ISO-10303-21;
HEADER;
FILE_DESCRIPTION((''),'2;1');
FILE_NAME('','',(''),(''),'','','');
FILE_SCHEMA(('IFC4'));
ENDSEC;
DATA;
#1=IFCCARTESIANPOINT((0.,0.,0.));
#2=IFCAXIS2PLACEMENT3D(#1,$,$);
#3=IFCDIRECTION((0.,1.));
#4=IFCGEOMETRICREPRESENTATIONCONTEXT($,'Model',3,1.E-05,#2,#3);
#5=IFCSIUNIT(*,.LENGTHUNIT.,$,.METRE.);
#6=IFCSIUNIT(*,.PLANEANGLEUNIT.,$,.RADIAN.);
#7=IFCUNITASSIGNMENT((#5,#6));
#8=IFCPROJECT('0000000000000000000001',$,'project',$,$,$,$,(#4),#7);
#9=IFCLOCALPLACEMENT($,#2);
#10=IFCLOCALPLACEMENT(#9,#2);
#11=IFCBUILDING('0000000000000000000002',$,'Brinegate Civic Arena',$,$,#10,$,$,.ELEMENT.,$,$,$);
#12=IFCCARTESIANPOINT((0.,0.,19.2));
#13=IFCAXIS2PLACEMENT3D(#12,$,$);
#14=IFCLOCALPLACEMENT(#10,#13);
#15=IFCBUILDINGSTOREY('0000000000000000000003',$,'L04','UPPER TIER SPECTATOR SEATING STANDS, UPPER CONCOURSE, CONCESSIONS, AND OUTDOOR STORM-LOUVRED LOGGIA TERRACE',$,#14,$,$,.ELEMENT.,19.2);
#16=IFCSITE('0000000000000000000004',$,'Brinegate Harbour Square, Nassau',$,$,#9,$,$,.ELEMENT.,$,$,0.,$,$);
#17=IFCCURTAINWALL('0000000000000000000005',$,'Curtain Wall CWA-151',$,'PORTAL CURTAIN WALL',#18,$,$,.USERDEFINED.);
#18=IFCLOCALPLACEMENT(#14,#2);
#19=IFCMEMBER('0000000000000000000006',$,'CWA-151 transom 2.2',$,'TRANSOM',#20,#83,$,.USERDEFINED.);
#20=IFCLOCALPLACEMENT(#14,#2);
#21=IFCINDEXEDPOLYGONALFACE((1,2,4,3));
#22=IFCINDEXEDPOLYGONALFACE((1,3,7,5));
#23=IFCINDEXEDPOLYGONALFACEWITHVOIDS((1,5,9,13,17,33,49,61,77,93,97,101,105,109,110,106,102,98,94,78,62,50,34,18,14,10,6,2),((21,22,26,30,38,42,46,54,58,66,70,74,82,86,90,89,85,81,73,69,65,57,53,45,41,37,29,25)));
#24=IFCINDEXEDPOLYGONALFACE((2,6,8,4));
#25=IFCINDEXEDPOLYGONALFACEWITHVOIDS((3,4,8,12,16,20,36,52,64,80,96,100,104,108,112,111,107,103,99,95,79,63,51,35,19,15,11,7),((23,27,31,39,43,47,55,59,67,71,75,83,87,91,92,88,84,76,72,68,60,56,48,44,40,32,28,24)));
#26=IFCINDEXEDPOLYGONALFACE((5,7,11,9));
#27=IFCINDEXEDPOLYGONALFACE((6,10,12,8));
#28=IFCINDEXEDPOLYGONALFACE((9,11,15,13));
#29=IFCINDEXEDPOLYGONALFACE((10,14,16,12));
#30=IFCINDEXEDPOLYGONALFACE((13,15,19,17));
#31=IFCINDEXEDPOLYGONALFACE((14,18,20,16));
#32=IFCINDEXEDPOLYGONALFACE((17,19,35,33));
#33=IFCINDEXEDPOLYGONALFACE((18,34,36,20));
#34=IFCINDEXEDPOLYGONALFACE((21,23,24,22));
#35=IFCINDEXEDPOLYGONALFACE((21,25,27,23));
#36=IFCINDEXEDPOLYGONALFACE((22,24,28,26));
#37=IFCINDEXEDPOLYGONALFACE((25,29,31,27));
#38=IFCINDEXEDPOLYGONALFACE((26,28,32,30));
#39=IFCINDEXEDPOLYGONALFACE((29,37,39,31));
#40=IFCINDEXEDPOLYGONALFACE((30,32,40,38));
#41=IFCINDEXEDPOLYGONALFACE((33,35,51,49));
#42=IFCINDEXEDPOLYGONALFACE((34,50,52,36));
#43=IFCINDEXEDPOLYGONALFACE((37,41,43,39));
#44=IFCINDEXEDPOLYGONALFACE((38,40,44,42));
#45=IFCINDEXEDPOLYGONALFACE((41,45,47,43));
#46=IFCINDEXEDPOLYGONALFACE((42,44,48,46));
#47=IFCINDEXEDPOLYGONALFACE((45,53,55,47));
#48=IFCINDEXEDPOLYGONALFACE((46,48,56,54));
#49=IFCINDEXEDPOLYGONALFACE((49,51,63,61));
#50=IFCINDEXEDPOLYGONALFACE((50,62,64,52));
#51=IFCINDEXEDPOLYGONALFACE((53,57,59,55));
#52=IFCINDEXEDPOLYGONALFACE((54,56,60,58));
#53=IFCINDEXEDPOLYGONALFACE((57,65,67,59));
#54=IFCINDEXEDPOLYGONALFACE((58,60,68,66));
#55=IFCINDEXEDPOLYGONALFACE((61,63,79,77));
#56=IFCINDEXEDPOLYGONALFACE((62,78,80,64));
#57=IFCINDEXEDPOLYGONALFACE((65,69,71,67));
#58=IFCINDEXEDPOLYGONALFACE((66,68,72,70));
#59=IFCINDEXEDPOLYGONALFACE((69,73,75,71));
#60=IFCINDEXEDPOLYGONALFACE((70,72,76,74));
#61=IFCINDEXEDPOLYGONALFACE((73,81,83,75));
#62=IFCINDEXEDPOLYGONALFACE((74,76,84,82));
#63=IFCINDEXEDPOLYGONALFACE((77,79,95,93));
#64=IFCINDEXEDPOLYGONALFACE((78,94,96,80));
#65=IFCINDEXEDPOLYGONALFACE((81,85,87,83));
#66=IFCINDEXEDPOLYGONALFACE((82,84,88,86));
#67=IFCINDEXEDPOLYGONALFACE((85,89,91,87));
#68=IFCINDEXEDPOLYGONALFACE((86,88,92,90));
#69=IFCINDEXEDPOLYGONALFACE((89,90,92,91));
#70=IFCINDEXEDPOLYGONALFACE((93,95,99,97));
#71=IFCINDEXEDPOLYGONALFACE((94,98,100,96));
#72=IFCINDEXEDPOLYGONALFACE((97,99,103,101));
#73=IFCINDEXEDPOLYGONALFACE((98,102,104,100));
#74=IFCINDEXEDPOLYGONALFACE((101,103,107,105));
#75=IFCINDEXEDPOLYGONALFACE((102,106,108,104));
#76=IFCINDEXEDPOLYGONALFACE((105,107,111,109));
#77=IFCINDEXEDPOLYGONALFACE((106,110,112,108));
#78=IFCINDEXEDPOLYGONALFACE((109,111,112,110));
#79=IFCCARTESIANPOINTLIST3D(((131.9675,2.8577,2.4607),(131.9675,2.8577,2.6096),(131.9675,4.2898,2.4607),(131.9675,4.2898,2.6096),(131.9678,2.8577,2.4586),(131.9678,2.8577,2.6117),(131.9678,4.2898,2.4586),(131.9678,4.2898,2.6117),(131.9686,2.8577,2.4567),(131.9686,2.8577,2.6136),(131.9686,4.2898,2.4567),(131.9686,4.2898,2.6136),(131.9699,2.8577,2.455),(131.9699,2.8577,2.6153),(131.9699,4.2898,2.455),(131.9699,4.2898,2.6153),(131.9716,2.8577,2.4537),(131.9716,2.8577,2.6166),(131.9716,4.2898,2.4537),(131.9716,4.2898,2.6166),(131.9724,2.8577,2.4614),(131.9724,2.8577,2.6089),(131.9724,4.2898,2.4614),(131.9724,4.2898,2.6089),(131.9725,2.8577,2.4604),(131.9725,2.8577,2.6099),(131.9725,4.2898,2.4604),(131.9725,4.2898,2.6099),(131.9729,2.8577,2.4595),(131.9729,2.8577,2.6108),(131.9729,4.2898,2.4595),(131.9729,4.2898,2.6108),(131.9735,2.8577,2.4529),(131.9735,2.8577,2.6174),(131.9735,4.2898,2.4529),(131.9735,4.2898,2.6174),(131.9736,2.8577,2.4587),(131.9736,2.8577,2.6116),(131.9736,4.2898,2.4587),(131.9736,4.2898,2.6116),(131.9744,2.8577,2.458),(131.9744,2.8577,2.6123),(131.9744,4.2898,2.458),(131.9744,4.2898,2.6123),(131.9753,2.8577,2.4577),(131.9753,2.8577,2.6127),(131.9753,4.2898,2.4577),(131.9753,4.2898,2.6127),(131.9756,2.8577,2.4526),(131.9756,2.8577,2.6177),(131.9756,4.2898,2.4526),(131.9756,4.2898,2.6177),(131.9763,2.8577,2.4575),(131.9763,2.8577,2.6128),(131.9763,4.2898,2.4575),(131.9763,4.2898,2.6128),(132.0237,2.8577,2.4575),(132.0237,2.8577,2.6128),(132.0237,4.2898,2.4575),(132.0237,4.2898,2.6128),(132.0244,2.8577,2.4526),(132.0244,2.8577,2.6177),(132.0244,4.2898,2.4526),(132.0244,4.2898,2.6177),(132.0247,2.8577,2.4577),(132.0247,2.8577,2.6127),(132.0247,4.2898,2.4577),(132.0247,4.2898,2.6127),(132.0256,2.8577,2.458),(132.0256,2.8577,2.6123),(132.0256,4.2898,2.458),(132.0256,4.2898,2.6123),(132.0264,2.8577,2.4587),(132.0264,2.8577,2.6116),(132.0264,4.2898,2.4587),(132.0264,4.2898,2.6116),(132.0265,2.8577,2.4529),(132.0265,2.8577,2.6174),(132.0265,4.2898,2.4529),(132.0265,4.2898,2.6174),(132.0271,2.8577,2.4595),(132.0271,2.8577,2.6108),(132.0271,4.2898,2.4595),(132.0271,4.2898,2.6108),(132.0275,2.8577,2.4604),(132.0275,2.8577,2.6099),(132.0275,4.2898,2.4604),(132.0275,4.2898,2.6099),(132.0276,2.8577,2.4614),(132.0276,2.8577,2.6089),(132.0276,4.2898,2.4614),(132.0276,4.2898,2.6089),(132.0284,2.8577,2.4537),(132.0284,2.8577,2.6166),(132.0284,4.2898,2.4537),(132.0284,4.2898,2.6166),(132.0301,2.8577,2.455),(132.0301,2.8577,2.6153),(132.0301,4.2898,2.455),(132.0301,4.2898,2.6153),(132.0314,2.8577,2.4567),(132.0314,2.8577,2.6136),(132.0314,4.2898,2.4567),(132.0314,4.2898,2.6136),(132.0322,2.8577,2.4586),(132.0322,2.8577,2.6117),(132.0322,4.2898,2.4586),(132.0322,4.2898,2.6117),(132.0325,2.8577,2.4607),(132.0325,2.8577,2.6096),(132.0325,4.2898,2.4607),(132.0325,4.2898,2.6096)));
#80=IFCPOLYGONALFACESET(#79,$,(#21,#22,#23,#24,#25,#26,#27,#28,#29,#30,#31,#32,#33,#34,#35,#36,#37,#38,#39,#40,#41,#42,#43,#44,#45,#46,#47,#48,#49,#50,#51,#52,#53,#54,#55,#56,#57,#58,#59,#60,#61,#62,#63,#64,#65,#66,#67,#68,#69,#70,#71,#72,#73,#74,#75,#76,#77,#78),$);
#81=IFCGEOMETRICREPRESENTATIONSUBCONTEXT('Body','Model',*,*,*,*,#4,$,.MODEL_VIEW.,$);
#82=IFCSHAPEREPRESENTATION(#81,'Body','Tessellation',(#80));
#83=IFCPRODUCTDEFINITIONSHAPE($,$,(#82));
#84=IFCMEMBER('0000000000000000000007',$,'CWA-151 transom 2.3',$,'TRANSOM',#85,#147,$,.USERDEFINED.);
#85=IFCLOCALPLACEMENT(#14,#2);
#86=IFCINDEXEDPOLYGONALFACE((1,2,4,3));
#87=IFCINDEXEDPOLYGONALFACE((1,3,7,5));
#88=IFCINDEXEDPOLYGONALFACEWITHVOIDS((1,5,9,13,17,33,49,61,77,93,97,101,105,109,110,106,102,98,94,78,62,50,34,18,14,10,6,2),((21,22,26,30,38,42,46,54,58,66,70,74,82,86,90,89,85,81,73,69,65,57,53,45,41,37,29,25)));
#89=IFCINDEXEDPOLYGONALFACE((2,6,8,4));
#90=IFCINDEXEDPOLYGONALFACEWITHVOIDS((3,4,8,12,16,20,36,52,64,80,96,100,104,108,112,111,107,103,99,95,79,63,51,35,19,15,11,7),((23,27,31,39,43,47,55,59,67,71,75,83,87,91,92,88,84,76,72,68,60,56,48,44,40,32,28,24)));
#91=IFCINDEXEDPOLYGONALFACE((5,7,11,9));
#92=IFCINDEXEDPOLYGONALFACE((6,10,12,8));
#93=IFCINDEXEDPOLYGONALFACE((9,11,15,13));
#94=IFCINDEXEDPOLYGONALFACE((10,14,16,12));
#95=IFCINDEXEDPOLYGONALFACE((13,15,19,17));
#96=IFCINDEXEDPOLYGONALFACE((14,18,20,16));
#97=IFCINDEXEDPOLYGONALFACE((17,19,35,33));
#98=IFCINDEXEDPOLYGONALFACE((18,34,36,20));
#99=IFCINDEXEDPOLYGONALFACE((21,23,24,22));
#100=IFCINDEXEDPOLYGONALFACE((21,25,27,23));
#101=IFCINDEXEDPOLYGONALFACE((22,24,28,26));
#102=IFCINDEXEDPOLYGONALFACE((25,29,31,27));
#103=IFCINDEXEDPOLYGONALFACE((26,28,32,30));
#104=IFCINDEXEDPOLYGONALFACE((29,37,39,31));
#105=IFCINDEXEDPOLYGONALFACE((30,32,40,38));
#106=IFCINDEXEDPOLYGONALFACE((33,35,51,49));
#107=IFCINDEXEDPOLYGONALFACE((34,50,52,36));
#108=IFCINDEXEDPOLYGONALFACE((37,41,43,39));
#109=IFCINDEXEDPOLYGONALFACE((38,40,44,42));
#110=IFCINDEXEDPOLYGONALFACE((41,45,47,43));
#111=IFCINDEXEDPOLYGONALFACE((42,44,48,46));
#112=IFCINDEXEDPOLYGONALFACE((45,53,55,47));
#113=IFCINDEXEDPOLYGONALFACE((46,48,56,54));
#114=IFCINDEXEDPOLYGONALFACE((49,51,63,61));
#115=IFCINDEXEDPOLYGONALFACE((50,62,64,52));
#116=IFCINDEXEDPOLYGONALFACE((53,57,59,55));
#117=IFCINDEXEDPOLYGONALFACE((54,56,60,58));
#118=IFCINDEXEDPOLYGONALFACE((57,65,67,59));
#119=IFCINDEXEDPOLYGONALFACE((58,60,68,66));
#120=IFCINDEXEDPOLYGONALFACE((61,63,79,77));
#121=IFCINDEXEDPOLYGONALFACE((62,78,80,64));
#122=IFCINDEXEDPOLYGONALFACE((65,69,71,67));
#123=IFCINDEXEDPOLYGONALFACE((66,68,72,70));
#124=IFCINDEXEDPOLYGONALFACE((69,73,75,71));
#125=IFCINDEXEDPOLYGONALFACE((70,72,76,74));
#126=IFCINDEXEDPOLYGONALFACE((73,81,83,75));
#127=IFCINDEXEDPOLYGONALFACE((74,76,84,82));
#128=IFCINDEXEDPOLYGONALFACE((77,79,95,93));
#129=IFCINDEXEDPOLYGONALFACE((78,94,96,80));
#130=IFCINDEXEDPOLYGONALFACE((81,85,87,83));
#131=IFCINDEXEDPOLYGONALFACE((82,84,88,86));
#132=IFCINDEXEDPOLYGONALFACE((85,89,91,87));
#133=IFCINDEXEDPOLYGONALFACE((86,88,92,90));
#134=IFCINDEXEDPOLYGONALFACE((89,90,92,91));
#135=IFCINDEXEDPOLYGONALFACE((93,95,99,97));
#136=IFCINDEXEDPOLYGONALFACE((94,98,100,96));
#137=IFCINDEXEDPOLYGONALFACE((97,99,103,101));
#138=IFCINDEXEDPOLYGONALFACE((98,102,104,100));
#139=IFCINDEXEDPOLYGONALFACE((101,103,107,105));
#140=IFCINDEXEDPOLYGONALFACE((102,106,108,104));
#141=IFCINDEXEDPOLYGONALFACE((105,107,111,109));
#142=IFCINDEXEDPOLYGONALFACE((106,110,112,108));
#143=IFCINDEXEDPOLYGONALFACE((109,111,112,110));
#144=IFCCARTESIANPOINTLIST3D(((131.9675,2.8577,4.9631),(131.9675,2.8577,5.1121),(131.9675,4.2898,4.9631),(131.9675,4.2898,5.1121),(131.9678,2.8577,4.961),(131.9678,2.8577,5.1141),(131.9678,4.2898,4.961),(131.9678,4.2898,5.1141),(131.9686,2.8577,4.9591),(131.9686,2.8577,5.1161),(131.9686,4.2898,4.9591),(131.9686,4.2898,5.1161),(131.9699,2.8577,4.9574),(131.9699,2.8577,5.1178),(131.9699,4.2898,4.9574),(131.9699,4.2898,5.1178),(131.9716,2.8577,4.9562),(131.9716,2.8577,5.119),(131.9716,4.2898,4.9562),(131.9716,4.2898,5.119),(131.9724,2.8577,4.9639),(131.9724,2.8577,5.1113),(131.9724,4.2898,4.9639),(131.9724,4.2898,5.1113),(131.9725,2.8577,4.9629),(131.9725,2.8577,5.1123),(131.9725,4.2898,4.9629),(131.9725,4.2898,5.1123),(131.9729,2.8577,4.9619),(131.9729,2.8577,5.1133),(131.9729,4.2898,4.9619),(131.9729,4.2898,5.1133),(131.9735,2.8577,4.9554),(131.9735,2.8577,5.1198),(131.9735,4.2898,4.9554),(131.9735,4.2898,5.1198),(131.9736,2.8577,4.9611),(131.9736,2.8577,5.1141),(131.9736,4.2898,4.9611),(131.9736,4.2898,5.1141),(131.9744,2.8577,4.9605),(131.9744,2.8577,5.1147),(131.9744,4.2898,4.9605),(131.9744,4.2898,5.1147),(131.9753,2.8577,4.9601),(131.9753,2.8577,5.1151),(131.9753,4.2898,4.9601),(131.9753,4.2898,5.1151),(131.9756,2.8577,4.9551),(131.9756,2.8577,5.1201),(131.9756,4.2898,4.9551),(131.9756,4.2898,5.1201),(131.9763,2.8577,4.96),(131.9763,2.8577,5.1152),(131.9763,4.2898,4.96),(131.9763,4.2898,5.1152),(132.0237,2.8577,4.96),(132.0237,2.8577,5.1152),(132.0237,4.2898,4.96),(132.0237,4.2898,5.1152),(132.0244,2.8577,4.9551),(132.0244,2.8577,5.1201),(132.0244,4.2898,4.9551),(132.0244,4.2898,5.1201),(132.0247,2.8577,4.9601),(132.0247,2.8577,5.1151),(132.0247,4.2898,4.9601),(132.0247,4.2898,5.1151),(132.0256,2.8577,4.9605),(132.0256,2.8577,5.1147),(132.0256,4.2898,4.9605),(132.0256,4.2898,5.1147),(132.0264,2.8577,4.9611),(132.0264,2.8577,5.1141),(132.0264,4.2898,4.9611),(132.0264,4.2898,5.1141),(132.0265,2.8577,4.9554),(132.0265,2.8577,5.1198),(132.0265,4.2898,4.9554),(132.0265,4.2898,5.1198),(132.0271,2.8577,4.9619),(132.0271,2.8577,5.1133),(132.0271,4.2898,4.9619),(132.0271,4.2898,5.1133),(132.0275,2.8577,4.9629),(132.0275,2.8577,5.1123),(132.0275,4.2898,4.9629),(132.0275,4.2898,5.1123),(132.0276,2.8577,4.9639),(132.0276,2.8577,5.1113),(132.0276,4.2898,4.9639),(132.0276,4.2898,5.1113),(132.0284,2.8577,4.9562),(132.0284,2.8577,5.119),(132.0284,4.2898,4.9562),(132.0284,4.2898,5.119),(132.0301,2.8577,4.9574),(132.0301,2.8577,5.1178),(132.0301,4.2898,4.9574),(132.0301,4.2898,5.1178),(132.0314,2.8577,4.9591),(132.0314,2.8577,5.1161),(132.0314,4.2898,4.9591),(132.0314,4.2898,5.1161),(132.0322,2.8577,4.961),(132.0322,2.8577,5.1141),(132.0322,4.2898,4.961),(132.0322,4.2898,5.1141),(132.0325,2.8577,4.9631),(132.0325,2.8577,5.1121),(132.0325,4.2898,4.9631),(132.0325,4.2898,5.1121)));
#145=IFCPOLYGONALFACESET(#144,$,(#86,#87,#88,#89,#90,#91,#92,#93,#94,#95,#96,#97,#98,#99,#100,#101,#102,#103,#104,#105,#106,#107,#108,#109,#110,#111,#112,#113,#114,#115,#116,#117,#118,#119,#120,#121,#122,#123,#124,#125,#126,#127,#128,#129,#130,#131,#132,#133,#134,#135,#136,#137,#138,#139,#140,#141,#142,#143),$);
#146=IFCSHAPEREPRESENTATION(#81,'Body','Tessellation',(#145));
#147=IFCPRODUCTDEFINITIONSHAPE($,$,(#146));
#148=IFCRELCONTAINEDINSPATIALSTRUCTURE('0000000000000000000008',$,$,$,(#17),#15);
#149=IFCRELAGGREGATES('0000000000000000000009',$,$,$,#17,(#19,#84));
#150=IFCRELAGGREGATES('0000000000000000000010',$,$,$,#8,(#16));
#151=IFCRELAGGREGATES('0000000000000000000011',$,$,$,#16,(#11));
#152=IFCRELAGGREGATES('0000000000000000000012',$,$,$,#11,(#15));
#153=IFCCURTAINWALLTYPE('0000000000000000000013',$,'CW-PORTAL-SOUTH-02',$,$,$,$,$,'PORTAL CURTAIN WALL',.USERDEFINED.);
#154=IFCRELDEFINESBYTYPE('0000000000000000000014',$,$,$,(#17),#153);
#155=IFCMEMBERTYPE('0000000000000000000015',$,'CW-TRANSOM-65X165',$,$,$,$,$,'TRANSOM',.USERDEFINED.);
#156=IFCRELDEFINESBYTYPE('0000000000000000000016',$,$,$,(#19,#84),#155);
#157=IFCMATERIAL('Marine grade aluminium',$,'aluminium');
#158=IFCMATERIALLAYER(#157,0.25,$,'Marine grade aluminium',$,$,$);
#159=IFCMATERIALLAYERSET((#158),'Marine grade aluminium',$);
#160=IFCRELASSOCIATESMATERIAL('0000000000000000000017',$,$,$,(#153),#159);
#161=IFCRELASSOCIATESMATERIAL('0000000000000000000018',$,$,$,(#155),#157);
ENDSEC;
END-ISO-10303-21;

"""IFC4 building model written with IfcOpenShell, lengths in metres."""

from ifc_helpers import new_model, si_unit, direction, frame, origin, origin_2d, place, context, subcontext, project, spatial, hollow_rectangle, extrude, material, layer, layer_set, material_profile, profile_set, type_object, element, aggregate, save


model = new_model("IFC4")

# Units and contexts
model_context = context("Model", 3, precision=1e-05, world=origin(), true_north=direction((0.0, 1.0)))
body_context = subcontext(model_context, "Body", "Model", "MODEL_VIEW")
ifc_project = project(units=[si_unit("LENGTHUNIT", "METRE"), si_unit("PLANEANGLEUNIT", "RADIAN")], contexts=[model_context])

# Site, building, storey
site_placement = place(None, origin())
site = spatial("IfcSite", under=ifc_project, at=site_placement, Name="Brinegate Harbour Square, Nassau", CompositionType="ELEMENT", RefElevation=0.0)
building_placement = place(site_placement, origin())
building = spatial("IfcBuilding", under=site, at=building_placement, Name="Brinegate Civic Arena", CompositionType="ELEMENT")
storey_placement = place(building_placement, frame((0.0, 0.0, 19.2)))
storey = spatial("IfcBuildingStorey", under=building, at=storey_placement, Name="L04", Description="UPPER TIER SPECTATOR SEATING STANDS, UPPER CONCOURSE, CONCESSIONS, AND OUTDOOR STORM-LOUVRED LOGGIA TERRACE", CompositionType="ELEMENT", Elevation=19.2)

# Curtain wall, members
ifc_material_1 = material(Name="Marine grade aluminium", Category="aluminium")
ifc_layer_1 = layer(ifc_material_1, 0.25, Name="Marine grade aluminium")
ifc_layer_set_1 = layer_set([ifc_layer_1], Name="Marine grade aluminium")
curtain_wall_type = type_object("IfcCurtainWallType", Name="CW-PORTAL-SOUTH-02", ElementType="PORTAL CURTAIN WALL", PredefinedType="USERDEFINED", material=ifc_layer_set_1)
curtain_wall_placement = place(storey_placement, origin())
curtain_wall = element("IfcCurtainWall", 1, at=curtain_wall_placement, inside=storey, type_object=curtain_wall_type, Name="Curtain Wall CWA-151", ObjectType="PORTAL CURTAIN WALL", PredefinedType="USERDEFINED")
ifc_material_profile_1 = material_profile(ifc_material_1, hollow_rectangle(XDim=0.0649, YDim=0.165, WallThickness=0.0049, InnerFilletRadius=0.0039, OuterFilletRadius=0.0081, at=origin_2d()), Name="TRN65X165")
ifc_profile_set_1 = profile_set([ifc_material_profile_1], Name="Marine grade aluminium")
member_type_1 = type_object("IfcMemberType", Name="CW-TRANSOM-65X165", ElementType="TRANSOM", PredefinedType="USERDEFINED", material=ifc_profile_set_1)
member_1_placement = place(storey_placement, frame((132.0, 2.8577, 2.5352), z_axis=(0.0, 1.0, 0.0), x_axis=(-1.0, 0.0, 0.0)))
member_1 = element("IfcMember", 2, at=member_1_placement, type_object=member_type_1, Name="CWA-151 transom 2.2", ObjectType="TRANSOM", PredefinedType="USERDEFINED", context=body_context, shape_type="SweptSolid", body=[
    extrude(hollow_rectangle(XDim=0.0649, YDim=0.165, WallThickness=0.0049, InnerFilletRadius=0.0039, OuterFilletRadius=0.0081, at=origin_2d()), origin(), (0.0, 0.0, 1.0), 1.4321),
])
member_2_placement = place(storey_placement, frame((132.0, 2.8577, 5.0376), z_axis=(0.0, 1.0, 0.0), x_axis=(-1.0, 0.0, 0.0)))
member_2 = element("IfcMember", 3, at=member_2_placement, type_object=member_type_1, Name="CWA-151 transom 2.3", ObjectType="TRANSOM", PredefinedType="USERDEFINED", context=body_context, shape_type="SweptSolid", body=[
    extrude(hollow_rectangle(XDim=0.0649, YDim=0.165, WallThickness=0.0049, InnerFilletRadius=0.0039, OuterFilletRadius=0.0081, at=origin_2d()), origin(), (0.0, 0.0, 1.0), 1.4321),
])
aggregate(curtain_wall, [member_1, member_2])

save(model, "model.ifc")
